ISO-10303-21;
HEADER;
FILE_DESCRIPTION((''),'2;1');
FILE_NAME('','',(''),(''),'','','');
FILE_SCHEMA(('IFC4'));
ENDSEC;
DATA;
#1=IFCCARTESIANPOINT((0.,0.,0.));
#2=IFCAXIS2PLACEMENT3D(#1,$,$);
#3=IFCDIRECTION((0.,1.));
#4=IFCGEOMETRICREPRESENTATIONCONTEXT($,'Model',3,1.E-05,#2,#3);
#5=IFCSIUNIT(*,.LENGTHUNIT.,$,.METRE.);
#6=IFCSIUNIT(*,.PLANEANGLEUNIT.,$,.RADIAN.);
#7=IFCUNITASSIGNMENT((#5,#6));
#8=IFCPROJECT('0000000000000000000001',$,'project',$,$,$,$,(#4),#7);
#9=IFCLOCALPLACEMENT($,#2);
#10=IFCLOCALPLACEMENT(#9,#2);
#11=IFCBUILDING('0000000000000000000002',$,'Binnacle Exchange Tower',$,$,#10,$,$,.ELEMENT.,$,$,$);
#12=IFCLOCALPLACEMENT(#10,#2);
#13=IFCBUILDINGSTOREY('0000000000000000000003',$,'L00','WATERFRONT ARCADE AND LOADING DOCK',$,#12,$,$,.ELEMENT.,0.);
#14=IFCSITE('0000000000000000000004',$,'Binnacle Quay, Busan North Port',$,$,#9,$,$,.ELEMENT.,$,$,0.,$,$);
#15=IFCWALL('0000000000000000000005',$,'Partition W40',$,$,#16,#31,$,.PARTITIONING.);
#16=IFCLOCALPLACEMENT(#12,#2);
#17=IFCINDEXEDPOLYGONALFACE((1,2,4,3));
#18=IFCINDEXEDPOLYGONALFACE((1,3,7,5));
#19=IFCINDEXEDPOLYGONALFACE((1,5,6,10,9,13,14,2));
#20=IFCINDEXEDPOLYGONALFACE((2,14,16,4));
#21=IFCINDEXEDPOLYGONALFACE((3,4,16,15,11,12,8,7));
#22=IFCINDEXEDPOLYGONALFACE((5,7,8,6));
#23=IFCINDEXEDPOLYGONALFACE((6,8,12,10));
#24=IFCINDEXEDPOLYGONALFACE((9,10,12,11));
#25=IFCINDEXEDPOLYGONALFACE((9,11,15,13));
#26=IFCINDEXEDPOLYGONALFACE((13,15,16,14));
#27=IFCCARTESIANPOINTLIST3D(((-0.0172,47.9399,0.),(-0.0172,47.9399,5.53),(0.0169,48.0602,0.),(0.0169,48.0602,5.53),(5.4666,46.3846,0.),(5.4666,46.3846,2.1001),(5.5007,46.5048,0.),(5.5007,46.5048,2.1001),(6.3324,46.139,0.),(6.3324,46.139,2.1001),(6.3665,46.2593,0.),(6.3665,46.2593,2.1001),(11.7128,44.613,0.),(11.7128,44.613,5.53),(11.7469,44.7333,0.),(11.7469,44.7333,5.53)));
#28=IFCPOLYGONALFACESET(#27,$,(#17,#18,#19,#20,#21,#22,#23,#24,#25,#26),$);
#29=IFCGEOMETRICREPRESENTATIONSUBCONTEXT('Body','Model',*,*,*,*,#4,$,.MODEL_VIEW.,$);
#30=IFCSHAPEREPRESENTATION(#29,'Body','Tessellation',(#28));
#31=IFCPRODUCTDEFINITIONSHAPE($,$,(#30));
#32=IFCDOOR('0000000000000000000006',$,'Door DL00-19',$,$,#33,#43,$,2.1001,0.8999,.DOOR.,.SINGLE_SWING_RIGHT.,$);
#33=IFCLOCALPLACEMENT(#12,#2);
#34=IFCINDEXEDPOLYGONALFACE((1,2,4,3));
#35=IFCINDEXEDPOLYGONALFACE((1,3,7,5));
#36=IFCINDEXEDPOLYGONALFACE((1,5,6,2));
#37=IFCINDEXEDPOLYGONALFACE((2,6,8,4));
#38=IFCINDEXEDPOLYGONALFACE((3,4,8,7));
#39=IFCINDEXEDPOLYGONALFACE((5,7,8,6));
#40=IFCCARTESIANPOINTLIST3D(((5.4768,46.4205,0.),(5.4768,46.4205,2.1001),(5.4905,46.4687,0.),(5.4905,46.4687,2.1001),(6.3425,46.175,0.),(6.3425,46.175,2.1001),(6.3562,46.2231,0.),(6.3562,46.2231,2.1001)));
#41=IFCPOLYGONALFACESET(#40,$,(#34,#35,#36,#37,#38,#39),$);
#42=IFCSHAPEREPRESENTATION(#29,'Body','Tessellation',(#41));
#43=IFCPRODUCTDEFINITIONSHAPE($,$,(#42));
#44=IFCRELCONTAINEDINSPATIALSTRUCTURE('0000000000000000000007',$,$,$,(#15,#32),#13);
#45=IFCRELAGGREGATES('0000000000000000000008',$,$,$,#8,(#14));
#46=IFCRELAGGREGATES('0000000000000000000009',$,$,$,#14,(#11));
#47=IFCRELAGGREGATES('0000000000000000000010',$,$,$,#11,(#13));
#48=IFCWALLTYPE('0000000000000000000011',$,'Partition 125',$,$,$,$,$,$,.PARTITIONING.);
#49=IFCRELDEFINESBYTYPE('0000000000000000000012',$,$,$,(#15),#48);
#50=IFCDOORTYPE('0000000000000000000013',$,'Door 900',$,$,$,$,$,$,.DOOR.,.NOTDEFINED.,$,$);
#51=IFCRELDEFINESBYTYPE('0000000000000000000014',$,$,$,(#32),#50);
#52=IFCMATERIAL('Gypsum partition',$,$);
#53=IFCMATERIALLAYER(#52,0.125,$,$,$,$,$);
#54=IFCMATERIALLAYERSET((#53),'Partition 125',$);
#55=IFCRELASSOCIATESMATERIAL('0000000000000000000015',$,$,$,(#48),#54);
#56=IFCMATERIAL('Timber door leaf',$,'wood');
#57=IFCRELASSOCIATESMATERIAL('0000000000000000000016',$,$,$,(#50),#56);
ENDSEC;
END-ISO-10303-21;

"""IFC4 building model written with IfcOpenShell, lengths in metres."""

from ifc_helpers import new_model, si_unit, direction, frame, frame_2d, origin, place, context, subcontext, project, spatial, rectangle, extrude, material, layer, layer_set, type_object, element, fill, save


model = new_model("IFC4")

# Units and contexts
model_context = context("Model", 3, precision=1e-05, world=origin(), true_north=direction((0.0, 1.0)))
body_context = subcontext(model_context, "Body", "Model", "MODEL_VIEW")
ifc_project = project(units=[si_unit("LENGTHUNIT", "METRE"), si_unit("PLANEANGLEUNIT", "RADIAN")], contexts=[model_context])

# Site, building, storey
site_placement = place(None, origin())
site = spatial("IfcSite", under=ifc_project, at=site_placement, Name="Binnacle Quay, Busan North Port", CompositionType="ELEMENT", RefElevation=0.0)
building_placement = place(site_placement, origin())
building = spatial("IfcBuilding", under=site, at=building_placement, Name="Binnacle Exchange Tower", CompositionType="ELEMENT")
storey_placement = place(building_placement, origin())
storey = spatial("IfcBuildingStorey", under=building, at=storey_placement, Name="L00", Description="WATERFRONT ARCADE AND LOADING DOCK", CompositionType="ELEMENT", Elevation=0.0)

# Shared definitions
ifc_material_1 = material(Name="Gypsum partition")
ifc_layer_1 = layer(ifc_material_1, 0.125)
ifc_layer_set_1 = layer_set([ifc_layer_1], Name="Partition 125")
wall_type_1 = type_object("IfcWallType", Name="Partition 125", PredefinedType="PARTITIONING", material=ifc_layer_set_1)
ifc_material_2 = material(Name="Timber door leaf", Category="wood")
door_type_1 = type_object("IfcDoorType", Name="Door 900", OperationType="NOTDEFINED", PredefinedType="DOOR", material=ifc_material_2)

# Wall, opening, door
wall_1_placement = place(storey_placement, frame((0.0, 48.0, 0.0), z_axis=(0.0, 0.0, 1.0), x_axis=(0.962053, -0.272861, 0.0)))
wall_1 = element("IfcWall", 1, at=wall_1_placement, inside=storey, type_object=wall_type_1, Name="Partition W40", PredefinedType="PARTITIONING", context=body_context, shape_type="SweptSolid", body=[
    extrude(rectangle(XDim=12.1926, YDim=0.125, at=frame_2d((6.0962, 0.0))), origin(), (0.0, 0.0, 1.0), 5.53),
])
opening_1_placement = place(wall_1_placement, frame((5.7, 0.0, 0.0)))
opening_1 = element("IfcOpeningElement", 2, at=opening_1_placement, cuts=wall_1, PredefinedType="OPENING", context=body_context, shape_type="SweptSolid", body=[
    extrude(rectangle(XDim=0.8999, YDim=2.1001, at=frame_2d((0.45, 1.05))), frame((0.0, 0.0725, 0.0), z_axis=(0.0, -1.0, 0.0), x_axis=(1.0, 0.0, 0.0)), (0.0, 0.0, 1.0), 0.145),
])
door_1_placement = place(opening_1_placement, origin())
door_1 = element("IfcDoor", 3, at=door_1_placement, inside=storey, type_object=door_type_1, Name="Door DL00-19", OperationType="SINGLE_SWING_RIGHT", OverallHeight=2.1001, OverallWidth=0.8999, PredefinedType="DOOR", context=body_context, shape_type="SweptSolid", body=[
    extrude(rectangle(XDim=0.8999, YDim=2.1001, at=frame_2d((0.45, 1.05))), frame((0.0, 0.0249, 0.0), z_axis=(0.0, -1.0, 0.0), x_axis=(1.0, 0.0, 0.0)), (0.0, 0.0, 1.0), 0.05),
])
fill(opening_1, door_1)

save(model, "model.ifc")
